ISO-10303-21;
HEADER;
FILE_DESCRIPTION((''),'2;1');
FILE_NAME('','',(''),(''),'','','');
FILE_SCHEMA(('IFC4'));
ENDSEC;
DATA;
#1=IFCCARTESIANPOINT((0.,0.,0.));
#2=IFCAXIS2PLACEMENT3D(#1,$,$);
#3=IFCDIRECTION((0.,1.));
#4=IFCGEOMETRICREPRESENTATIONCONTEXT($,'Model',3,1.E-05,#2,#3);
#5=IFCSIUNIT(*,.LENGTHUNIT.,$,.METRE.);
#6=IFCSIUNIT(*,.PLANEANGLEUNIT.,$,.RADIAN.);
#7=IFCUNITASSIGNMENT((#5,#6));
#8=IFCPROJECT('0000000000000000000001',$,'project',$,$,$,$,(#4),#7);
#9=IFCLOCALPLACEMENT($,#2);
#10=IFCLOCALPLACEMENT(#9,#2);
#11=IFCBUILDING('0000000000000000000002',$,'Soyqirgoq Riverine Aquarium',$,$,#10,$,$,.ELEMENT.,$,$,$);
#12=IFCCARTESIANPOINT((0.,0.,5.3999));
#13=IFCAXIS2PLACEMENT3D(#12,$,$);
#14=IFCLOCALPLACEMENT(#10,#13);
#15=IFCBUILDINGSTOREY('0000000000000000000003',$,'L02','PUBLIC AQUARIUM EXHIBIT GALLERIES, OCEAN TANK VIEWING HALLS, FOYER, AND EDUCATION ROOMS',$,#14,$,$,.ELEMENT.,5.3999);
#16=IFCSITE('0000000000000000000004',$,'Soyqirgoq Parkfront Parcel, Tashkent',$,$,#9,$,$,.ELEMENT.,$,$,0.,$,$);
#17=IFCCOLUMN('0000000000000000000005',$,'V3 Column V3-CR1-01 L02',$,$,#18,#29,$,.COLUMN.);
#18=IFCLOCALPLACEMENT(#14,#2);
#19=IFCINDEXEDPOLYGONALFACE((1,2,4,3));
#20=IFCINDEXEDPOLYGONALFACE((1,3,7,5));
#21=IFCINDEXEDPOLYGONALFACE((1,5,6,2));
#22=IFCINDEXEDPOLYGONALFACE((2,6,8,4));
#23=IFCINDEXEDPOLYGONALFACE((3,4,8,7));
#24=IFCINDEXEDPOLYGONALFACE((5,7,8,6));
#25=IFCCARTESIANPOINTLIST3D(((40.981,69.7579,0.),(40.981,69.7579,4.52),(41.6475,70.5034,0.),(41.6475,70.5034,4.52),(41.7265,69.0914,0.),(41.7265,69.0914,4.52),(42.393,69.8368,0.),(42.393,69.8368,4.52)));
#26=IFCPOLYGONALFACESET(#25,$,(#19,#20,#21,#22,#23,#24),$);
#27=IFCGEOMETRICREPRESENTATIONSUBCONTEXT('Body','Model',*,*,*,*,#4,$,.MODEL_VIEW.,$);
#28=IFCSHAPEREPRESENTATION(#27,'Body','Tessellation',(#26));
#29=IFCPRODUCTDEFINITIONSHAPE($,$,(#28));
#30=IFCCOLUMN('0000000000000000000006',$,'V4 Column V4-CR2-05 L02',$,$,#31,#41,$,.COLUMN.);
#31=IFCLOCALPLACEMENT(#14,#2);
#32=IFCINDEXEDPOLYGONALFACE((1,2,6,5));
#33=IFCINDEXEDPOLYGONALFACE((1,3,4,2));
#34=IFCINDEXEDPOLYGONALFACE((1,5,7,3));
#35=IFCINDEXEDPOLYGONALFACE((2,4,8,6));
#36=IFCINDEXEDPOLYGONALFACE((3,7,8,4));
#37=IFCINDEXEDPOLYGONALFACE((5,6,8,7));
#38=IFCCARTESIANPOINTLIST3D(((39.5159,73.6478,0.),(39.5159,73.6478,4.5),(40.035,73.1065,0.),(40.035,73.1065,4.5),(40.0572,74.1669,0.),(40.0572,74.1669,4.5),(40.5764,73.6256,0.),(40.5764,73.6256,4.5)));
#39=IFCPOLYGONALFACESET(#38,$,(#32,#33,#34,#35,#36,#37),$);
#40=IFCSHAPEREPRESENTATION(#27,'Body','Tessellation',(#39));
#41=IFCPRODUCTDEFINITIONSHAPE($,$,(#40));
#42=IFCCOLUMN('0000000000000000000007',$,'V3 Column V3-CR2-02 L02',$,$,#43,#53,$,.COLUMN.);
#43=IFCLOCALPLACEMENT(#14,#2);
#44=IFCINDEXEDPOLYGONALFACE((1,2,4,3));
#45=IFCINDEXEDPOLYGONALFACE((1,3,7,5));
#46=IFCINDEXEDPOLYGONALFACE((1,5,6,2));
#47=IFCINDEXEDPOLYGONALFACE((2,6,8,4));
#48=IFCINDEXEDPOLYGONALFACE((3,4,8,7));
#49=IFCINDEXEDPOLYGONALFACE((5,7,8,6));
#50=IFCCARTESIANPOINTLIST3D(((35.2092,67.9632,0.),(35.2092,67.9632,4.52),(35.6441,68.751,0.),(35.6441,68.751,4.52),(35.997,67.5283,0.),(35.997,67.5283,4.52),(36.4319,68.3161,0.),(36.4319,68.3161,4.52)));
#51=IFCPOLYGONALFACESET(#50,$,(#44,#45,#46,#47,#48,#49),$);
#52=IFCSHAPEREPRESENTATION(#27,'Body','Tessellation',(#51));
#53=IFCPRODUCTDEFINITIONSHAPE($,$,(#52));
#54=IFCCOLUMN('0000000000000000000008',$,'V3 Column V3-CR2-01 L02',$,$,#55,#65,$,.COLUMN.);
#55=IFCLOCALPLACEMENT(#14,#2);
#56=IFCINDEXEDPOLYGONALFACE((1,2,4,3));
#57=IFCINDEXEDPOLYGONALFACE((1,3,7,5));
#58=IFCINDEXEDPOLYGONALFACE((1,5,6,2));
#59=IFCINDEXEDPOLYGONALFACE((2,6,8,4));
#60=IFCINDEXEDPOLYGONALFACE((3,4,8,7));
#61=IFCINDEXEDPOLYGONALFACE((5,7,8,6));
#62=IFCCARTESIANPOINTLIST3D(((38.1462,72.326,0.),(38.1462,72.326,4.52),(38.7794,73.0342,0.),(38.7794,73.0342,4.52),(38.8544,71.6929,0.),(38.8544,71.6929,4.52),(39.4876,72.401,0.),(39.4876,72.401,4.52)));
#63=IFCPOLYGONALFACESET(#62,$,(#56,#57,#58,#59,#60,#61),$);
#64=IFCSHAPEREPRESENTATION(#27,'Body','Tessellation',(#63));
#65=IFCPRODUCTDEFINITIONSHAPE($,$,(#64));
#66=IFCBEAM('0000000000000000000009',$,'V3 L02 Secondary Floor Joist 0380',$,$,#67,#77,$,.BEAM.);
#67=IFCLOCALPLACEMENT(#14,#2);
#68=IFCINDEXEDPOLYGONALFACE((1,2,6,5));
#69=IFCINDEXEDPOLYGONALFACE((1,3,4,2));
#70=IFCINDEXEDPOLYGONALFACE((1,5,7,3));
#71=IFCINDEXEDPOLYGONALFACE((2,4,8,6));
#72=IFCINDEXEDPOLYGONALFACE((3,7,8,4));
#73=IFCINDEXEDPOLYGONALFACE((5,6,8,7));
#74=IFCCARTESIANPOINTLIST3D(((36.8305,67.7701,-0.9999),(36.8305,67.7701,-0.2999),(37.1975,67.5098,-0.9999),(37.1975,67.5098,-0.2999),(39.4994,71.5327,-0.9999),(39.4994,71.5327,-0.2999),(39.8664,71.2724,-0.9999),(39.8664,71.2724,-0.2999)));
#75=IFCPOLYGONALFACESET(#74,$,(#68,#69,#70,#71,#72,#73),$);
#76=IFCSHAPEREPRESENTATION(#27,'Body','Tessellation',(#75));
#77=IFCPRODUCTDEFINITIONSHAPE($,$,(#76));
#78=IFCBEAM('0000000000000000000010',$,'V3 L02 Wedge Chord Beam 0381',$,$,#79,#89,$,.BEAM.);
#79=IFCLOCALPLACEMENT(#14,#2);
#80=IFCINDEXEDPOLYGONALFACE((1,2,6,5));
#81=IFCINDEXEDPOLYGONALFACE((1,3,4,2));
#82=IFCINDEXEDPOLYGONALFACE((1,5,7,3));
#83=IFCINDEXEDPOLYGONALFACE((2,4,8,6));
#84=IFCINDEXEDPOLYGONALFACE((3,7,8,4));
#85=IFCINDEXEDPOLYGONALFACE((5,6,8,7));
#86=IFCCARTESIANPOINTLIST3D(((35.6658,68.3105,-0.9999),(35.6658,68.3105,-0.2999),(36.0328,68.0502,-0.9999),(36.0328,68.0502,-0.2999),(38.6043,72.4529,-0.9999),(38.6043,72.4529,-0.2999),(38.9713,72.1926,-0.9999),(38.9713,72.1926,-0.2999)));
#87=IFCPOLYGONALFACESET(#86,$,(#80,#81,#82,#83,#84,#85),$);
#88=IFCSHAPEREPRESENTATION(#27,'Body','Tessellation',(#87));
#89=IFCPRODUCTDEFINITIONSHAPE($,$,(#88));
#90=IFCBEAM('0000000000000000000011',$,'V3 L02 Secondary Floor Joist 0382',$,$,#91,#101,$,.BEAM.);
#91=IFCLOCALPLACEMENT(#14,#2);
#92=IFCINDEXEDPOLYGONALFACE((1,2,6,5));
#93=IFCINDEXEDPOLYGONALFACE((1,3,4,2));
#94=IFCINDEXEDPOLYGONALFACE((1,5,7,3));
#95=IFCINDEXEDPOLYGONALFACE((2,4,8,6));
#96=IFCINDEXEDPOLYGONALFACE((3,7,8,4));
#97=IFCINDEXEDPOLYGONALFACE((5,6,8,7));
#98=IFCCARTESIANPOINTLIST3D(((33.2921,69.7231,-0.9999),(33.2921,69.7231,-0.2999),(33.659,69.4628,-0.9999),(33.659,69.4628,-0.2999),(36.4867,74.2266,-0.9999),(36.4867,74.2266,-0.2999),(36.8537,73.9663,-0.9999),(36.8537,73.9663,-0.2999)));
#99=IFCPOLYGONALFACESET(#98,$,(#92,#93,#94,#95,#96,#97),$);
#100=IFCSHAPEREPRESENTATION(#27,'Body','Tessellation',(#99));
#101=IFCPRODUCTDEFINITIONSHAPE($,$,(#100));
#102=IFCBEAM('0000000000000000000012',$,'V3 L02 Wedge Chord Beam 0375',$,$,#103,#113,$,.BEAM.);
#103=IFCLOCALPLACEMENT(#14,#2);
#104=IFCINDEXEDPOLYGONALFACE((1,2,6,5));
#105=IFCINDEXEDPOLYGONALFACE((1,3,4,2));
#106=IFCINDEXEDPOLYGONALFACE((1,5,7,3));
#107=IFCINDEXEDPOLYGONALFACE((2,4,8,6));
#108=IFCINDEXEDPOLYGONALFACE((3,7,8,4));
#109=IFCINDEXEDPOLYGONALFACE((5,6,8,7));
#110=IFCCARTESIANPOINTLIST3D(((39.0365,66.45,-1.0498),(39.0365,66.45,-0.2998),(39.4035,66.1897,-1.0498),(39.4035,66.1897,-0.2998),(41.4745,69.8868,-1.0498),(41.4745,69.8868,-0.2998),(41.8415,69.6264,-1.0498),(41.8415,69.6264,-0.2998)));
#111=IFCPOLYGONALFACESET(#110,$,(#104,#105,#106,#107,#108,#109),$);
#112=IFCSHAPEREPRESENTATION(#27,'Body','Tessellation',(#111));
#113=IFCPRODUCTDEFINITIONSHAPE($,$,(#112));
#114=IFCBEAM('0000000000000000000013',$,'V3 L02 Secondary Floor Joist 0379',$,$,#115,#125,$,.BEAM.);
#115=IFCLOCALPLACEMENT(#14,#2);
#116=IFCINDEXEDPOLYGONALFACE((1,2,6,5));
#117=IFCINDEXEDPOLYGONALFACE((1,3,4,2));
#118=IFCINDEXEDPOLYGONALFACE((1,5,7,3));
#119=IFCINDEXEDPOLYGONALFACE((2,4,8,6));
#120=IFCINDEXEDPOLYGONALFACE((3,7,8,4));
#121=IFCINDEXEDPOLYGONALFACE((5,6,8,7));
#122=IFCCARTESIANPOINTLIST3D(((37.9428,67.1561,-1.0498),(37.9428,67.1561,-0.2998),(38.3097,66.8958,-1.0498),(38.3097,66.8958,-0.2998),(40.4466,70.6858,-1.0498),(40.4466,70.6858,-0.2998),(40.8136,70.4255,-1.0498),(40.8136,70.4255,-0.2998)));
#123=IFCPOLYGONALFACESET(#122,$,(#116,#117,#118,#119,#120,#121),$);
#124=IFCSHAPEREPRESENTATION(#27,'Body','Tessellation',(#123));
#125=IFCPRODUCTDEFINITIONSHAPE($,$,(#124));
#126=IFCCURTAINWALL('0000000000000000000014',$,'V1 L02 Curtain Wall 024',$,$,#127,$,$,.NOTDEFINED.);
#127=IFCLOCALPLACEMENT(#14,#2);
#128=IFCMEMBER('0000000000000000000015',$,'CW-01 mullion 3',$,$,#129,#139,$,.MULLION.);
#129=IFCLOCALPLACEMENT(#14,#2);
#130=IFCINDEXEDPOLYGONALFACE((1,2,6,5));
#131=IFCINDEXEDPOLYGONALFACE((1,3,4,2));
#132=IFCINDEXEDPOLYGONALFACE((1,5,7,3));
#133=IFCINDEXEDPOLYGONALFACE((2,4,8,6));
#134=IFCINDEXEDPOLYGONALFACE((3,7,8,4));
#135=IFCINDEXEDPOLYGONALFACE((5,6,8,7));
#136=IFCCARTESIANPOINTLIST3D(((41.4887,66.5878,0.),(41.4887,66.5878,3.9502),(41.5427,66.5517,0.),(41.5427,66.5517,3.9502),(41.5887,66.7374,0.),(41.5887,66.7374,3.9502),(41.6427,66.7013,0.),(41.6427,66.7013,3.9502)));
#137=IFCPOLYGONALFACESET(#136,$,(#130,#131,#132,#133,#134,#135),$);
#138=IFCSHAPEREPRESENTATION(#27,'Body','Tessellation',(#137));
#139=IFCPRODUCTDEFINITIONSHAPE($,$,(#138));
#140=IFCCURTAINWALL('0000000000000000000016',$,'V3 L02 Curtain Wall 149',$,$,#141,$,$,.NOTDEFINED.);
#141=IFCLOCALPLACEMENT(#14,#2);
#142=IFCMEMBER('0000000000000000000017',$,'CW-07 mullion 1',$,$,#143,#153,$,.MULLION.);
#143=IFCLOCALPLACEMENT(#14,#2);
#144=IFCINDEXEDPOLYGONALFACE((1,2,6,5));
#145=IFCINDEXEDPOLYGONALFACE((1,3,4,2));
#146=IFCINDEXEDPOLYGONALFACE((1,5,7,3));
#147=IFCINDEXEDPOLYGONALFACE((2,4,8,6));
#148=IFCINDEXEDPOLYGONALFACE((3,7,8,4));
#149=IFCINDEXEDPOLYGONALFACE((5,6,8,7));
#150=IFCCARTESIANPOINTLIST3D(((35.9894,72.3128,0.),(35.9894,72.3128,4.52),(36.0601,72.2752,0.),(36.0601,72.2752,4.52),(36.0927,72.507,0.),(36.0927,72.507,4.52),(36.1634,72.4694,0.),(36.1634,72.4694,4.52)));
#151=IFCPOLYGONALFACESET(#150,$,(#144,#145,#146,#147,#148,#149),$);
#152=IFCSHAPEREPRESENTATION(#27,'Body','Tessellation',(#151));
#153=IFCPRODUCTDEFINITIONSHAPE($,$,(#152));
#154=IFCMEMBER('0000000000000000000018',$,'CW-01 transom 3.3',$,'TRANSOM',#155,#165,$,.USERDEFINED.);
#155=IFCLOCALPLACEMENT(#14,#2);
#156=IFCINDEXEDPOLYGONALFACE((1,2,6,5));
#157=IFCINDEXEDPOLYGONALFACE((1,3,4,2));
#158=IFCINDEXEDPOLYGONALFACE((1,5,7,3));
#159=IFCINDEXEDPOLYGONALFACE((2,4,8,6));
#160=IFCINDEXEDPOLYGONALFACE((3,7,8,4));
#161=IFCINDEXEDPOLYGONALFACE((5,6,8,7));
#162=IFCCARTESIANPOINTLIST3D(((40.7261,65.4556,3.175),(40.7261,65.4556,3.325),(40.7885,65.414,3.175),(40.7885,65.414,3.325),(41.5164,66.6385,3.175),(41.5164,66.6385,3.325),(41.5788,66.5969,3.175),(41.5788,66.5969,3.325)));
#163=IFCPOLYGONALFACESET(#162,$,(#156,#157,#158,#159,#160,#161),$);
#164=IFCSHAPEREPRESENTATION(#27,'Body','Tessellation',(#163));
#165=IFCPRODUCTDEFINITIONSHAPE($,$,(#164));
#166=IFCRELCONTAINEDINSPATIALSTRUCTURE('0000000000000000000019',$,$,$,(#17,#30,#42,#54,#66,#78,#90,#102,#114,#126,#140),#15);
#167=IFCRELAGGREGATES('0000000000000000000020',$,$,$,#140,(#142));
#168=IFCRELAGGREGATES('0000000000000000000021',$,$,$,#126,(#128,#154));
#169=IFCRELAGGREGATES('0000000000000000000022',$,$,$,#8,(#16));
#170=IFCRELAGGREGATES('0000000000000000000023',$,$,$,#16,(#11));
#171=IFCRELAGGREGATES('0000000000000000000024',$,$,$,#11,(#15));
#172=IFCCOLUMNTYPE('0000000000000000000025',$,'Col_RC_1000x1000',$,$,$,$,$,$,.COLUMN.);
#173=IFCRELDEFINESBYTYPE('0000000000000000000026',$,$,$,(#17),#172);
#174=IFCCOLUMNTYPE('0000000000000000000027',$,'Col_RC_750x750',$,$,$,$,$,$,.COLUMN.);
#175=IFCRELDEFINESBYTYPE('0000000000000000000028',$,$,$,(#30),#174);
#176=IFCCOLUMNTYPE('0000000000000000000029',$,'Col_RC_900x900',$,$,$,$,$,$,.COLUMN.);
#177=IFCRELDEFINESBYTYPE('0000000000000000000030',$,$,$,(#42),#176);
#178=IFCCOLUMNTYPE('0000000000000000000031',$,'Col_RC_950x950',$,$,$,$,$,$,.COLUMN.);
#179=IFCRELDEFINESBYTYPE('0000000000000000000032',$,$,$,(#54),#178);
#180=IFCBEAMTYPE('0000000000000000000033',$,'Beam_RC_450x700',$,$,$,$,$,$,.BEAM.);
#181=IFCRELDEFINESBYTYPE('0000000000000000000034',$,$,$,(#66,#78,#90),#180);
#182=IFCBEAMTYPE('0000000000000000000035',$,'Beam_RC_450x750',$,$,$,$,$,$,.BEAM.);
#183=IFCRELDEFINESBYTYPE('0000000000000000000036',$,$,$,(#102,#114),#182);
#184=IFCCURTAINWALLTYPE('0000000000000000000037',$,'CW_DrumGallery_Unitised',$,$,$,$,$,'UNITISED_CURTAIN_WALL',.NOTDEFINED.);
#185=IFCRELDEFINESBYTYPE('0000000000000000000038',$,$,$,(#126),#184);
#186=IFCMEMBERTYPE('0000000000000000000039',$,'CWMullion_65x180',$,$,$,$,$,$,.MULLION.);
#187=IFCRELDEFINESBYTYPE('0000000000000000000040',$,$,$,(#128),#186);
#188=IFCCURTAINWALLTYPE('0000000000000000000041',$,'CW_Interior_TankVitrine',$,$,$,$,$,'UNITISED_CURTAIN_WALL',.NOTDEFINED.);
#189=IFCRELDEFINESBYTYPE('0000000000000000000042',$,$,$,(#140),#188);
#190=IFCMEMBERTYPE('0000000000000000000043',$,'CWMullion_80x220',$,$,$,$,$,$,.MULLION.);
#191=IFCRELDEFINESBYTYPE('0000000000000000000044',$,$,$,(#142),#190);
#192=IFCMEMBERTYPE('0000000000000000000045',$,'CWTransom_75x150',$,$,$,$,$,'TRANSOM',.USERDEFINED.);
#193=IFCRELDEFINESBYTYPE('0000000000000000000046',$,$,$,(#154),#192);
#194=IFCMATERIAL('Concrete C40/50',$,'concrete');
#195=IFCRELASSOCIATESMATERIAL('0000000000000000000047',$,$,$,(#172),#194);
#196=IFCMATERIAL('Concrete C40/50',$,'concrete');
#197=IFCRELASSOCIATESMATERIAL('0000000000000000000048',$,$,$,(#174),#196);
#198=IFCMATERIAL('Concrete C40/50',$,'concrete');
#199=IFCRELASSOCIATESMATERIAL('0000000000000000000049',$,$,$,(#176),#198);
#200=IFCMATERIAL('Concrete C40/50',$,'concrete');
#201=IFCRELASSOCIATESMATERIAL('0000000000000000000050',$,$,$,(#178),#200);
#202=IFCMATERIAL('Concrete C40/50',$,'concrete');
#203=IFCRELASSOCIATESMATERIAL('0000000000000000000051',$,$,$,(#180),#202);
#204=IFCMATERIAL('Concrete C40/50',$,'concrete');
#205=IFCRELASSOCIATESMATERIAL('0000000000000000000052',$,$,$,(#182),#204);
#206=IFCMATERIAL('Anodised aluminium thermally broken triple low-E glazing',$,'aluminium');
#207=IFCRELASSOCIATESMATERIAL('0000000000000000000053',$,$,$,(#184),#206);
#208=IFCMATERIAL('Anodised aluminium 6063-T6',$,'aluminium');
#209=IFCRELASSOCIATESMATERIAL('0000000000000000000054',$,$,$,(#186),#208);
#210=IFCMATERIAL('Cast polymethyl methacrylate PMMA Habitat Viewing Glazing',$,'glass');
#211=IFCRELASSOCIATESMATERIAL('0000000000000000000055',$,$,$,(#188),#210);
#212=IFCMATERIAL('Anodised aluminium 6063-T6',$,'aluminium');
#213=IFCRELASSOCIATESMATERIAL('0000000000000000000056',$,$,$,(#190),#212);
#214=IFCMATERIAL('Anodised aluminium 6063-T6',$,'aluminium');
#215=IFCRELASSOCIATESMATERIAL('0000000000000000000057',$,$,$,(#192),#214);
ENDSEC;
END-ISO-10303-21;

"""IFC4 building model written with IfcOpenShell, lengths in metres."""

from ifc_helpers import new_model, si_unit, direction, frame, origin, origin_2d, place, context, subcontext, project, spatial, rectangle, extrude, material, material_profile, profile_set, type_object, element, aggregate, save


model = new_model("IFC4")

# Units and contexts
model_context = context("Model", 3, precision=1e-05, world=origin(), true_north=direction((0.0, 1.0)))
body_context = subcontext(model_context, "Body", "Model", "MODEL_VIEW")
ifc_project = project(units=[si_unit("LENGTHUNIT", "METRE"), si_unit("PLANEANGLEUNIT", "RADIAN")], contexts=[model_context])

# Site, building, storey
site_placement = place(None, origin())
site = spatial("IfcSite", under=ifc_project, at=site_placement, Name="Soyqirgoq Parkfront Parcel, Tashkent", CompositionType="ELEMENT", RefElevation=0.0)
building_placement = place(site_placement, origin())
building = spatial("IfcBuilding", under=site, at=building_placement, Name="Soyqirgoq Riverine Aquarium", CompositionType="ELEMENT")
storey_placement = place(building_placement, frame((0.0, 0.0, 5.3999)))
storey = spatial("IfcBuildingStorey", under=building, at=storey_placement, Name="L02", Description="PUBLIC AQUARIUM EXHIBIT GALLERIES, OCEAN TANK VIEWING HALLS, FOYER, AND EDUCATION ROOMS", CompositionType="ELEMENT", Elevation=5.3999)

# Columns
ifc_material_1 = material(Name="Concrete C40/50", Category="concrete")
ifc_material_profile_1 = material_profile(ifc_material_1, rectangle(XDim=1.0, YDim=1.0, at=origin_2d()), Name="RC 1000x1000")
ifc_profile_set_1 = profile_set([ifc_material_profile_1], Name="Concrete C40/50")
column_type_1 = type_object("IfcColumnType", Name="Col_RC_1000x1000", PredefinedType="COLUMN", material=ifc_profile_set_1)
column_1_placement = place(storey_placement, frame((41.687, 69.7974, 0.0), z_axis=(0.0, 0.0, 1.0), x_axis=(-0.745476, 0.666532, 0.0)))
element("IfcColumn", 1, at=column_1_placement, inside=storey, type_object=column_type_1, Name="V3 Column V3-CR1-01 L02", PredefinedType="COLUMN", context=body_context, shape_type="SweptSolid", body=[
    extrude(rectangle(XDim=1.0, YDim=1.0, at=origin_2d()), origin(), (0.0, 0.0, 1.0), 4.52),
])
ifc_material_2 = material(Name="Concrete C40/50", Category="concrete")
ifc_material_profile_2 = material_profile(ifc_material_2, rectangle(XDim=0.75, YDim=0.75, at=origin_2d()), Name="RC 750x750")
ifc_profile_set_2 = profile_set([ifc_material_profile_2], Name="Concrete C40/50")
column_type_2 = type_object("IfcColumnType", Name="Col_RC_750x750", PredefinedType="COLUMN", material=ifc_profile_set_2)
column_2_placement = place(storey_placement, frame((40.0461, 73.6367, 0.0), z_axis=(0.0, 0.0, 1.0), x_axis=(-0.692143, 0.72176, 0.0)))
element("IfcColumn", 2, at=column_2_placement, inside=storey, type_object=column_type_2, Name="V4 Column V4-CR2-05 L02", PredefinedType="COLUMN", context=body_context, shape_type="SweptSolid", body=[
    extrude(rectangle(XDim=0.75, YDim=0.75, at=origin_2d()), origin(), (0.0, 0.0, 1.0), 4.5),
])
ifc_material_3 = material(Name="Concrete C40/50", Category="concrete")
ifc_material_profile_3 = material_profile(ifc_material_3, rectangle(XDim=0.8999, YDim=0.8999, at=origin_2d()), Name="RC 900x900")
ifc_profile_set_3 = profile_set([ifc_material_profile_3], Name="Concrete C40/50")
column_type_3 = type_object("IfcColumnType", Name="Col_RC_900x900", PredefinedType="COLUMN", material=ifc_profile_set_3)
column_3_placement = place(storey_placement, frame((35.8206, 68.1396, 0.0), z_axis=(0.0, 0.0, 1.0), x_axis=(-0.875465, 0.483282, 0.0)))
element("IfcColumn", 3, at=column_3_placement, inside=storey, type_object=column_type_3, Name="V3 Column V3-CR2-02 L02", PredefinedType="COLUMN", context=body_context, shape_type="SweptSolid", body=[
    extrude(rectangle(XDim=0.8999, YDim=0.8999, at=origin_2d()), origin(), (0.0, 0.0, 1.0), 4.52),
])
ifc_material_4 = material(Name="Concrete C40/50", Category="concrete")
ifc_material_profile_4 = material_profile(ifc_material_4, rectangle(XDim=0.95, YDim=0.95, at=origin_2d()), Name="RC 950x950")
ifc_profile_set_4 = profile_set([ifc_material_profile_4], Name="Concrete C40/50")
column_type_4 = type_object("IfcColumnType", Name="Col_RC_950x950", PredefinedType="COLUMN", material=ifc_profile_set_4)
column_4_placement = place(storey_placement, frame((38.8169, 72.3635, 0.0), z_axis=(0.0, 0.0, 1.0), x_axis=(-0.745476, 0.666532, 0.0)))
element("IfcColumn", 4, at=column_4_placement, inside=storey, type_object=column_type_4, Name="V3 Column V3-CR2-01 L02", PredefinedType="COLUMN", context=body_context, shape_type="SweptSolid", body=[
    extrude(rectangle(XDim=0.95, YDim=0.95, at=origin_2d()), origin(), (0.0, 0.0, 1.0), 4.52),
])

# Beams
ifc_material_5 = material(Name="Concrete C40/50", Category="concrete")
ifc_material_profile_5 = material_profile(ifc_material_5, rectangle(XDim=0.45, YDim=0.7, at=origin_2d()), Name="RC 450x700")
ifc_profile_set_5 = profile_set([ifc_material_profile_5], Name="Concrete C40/50")
beam_type_1 = type_object("IfcBeamType", Name="Beam_RC_450x700", PredefinedType="BEAM", material=ifc_profile_set_5)
beam_1_placement = place(storey_placement, frame((39.6829, 71.4026, -0.6499), z_axis=(-0.578552, -0.815646, 0.0), x_axis=(0.815646, -0.578552, 0.0)))
element("IfcBeam", 5, at=beam_1_placement, inside=storey, type_object=beam_type_1, Name="V3 L02 Secondary Floor Joist 0380", PredefinedType="BEAM", context=body_context, shape_type="SweptSolid", body=[
    extrude(rectangle(XDim=0.45, YDim=0.7, at=origin_2d()), origin(), (0.0, 0.0, 1.0), 4.613),
])
beam_2_placement = place(storey_placement, frame((38.7878, 72.3228, -0.6499), z_axis=(-0.578584, -0.815623, 0.0), x_axis=(0.815623, -0.578584, 0.0)))
element("IfcBeam", 6, at=beam_2_placement, inside=storey, type_object=beam_type_1, Name="V3 L02 Wedge Chord Beam 0381", PredefinedType="BEAM", context=body_context, shape_type="SweptSolid", body=[
    extrude(rectangle(XDim=0.45, YDim=0.7, at=origin_2d()), origin(), (0.0, 0.0, 1.0), 5.0789),
])
beam_3_placement = place(storey_placement, frame((36.6702, 74.0964, -0.6499), z_axis=(-0.578579, -0.815626, 0.0), x_axis=(0.815626, -0.578579, 0.0)))
element("IfcBeam", 7, at=beam_3_placement, inside=storey, type_object=beam_type_1, Name="V3 L02 Secondary Floor Joist 0382", PredefinedType="BEAM", context=body_context, shape_type="SweptSolid", body=[
    extrude(rectangle(XDim=0.45, YDim=0.7, at=origin_2d()), origin(), (0.0, 0.0, 1.0), 5.5215),
])
ifc_material_6 = material(Name="Concrete C40/50", Category="concrete")
ifc_material_profile_6 = material_profile(ifc_material_6, rectangle(XDim=0.45, YDim=0.75, at=origin_2d()), Name="RC 450x750")
ifc_profile_set_6 = profile_set([ifc_material_profile_6], Name="Concrete C40/50")
beam_type_2 = type_object("IfcBeamType", Name="Beam_RC_450x750", PredefinedType="BEAM", material=ifc_profile_set_6)
beam_4_placement = place(storey_placement, frame((41.658, 69.7566, -0.6748), z_axis=(-0.578588, -0.81562, 0.0), x_axis=(0.81562, -0.578588, 0.0)))
element("IfcBeam", 8, at=beam_4_placement, inside=storey, type_object=beam_type_2, Name="V3 L02 Wedge Chord Beam 0375", PredefinedType="BEAM", context=body_context, shape_type="SweptSolid", body=[
    extrude(rectangle(XDim=0.45, YDim=0.75, at=origin_2d()), origin(), (0.0, 0.0, 1.0), 4.2136),
])
beam_5_placement = place(storey_placement, frame((40.6301, 70.5557, -0.6748), z_axis=(-0.578578, -0.815627, 0.0), x_axis=(0.815627, -0.578578, 0.0)))
element("IfcBeam", 9, at=beam_5_placement, inside=storey, type_object=beam_type_2, Name="V3 L02 Secondary Floor Joist 0379", PredefinedType="BEAM", context=body_context, shape_type="SweptSolid", body=[
    extrude(rectangle(XDim=0.45, YDim=0.75, at=origin_2d()), origin(), (0.0, 0.0, 1.0), 4.3276),
])

# Curtain walls, members
ifc_material_7 = material(Name="Anodised aluminium thermally broken triple low-E glazing", Category="aluminium")
curtain_wall_type_1 = type_object("IfcCurtainWallType", Name="CW_DrumGallery_Unitised", ElementType="UNITISED_CURTAIN_WALL", PredefinedType="NOTDEFINED", material=ifc_material_7)
curtain_wall_1_placement = place(storey_placement, origin())
curtain_wall_1 = element("IfcCurtainWall", 10, at=curtain_wall_1_placement, inside=storey, type_object=curtain_wall_type_1, Name="V1 L02 Curtain Wall 024", PredefinedType="NOTDEFINED")
ifc_material_8 = material(Name="Anodised aluminium 6063-T6", Category="aluminium")
ifc_material_profile_7 = material_profile(ifc_material_8, rectangle(XDim=0.0649, YDim=0.1799, at=origin_2d()), Name="ALU-M 65x180")
ifc_profile_set_7 = profile_set([ifc_material_profile_7], Name="Anodised aluminium 6063-T6")
member_type_1 = type_object("IfcMemberType", Name="CWMullion_65x180", PredefinedType="MULLION", material=ifc_profile_set_7)
member_1_placement = place(storey_placement, frame((41.5657, 66.6445, 0.0), z_axis=(0.0, 0.0, 1.0), x_axis=(0.831473, -0.555565, 0.0)))
member_1 = element("IfcMember", 11, at=member_1_placement, type_object=member_type_1, Name="CW-01 mullion 3", PredefinedType="MULLION", context=body_context, shape_type="SweptSolid", body=[
    extrude(rectangle(XDim=0.0649, YDim=0.1799, at=origin_2d()), origin(), (0.0, 0.0, 1.0), 3.9502),
])
ifc_material_9 = material(Name="Cast polymethyl methacrylate PMMA Habitat Viewing Glazing", Category="glass")
curtain_wall_type_2 = type_object("IfcCurtainWallType", Name="CW_Interior_TankVitrine", ElementType="UNITISED_CURTAIN_WALL", PredefinedType="NOTDEFINED", material=ifc_material_9)
curtain_wall_2_placement = place(storey_placement, origin())
curtain_wall_2 = element("IfcCurtainWall", 12, at=curtain_wall_2_placement, inside=storey, type_object=curtain_wall_type_2, Name="V3 L02 Curtain Wall 149", PredefinedType="NOTDEFINED")
ifc_material_10 = material(Name="Anodised aluminium 6063-T6", Category="aluminium")
ifc_material_profile_8 = material_profile(ifc_material_10, rectangle(XDim=0.0801, YDim=0.22, at=origin_2d()), Name="ALU-M 80x220")
ifc_profile_set_8 = profile_set([ifc_material_profile_8], Name="Anodised aluminium 6063-T6")
member_type_2 = type_object("IfcMemberType", Name="CWMullion_80x220", PredefinedType="MULLION", material=ifc_profile_set_8)
member_2_placement = place(storey_placement, frame((36.0764, 72.3911, 0.0), z_axis=(0.0, 0.0, 1.0), x_axis=(0.882947, -0.469473, 0.0)))
member_2 = element("IfcMember", 13, at=member_2_placement, type_object=member_type_2, Name="CW-07 mullion 1", PredefinedType="MULLION", context=body_context, shape_type="SweptSolid", body=[
    extrude(rectangle(XDim=0.0801, YDim=0.22, at=origin_2d()), origin(), (0.0, 0.0, 1.0), 4.52),
])

# Member
ifc_material_11 = material(Name="Anodised aluminium 6063-T6", Category="aluminium")
ifc_material_profile_9 = material_profile(ifc_material_11, rectangle(XDim=0.075, YDim=0.1499, at=origin_2d()), Name="ALU-T 75x150")
ifc_profile_set_9 = profile_set([ifc_material_profile_9], Name="Anodised aluminium 6063-T6")
member_type_3 = type_object("IfcMemberType", Name="CWTransom_75x150", ElementType="TRANSOM", PredefinedType="USERDEFINED", material=ifc_profile_set_9)
member_3_placement = place(storey_placement, frame((41.5476, 66.6177, 3.25), z_axis=(-0.555532, -0.831495, 0.0), x_axis=(0.831495, -0.555532, 0.0)))
member_3 = element("IfcMember", 14, at=member_3_placement, type_object=member_type_3, Name="CW-01 transom 3.3", ObjectType="TRANSOM", PredefinedType="USERDEFINED", context=body_context, shape_type="SweptSolid", body=[
    extrude(rectangle(XDim=0.075, YDim=0.1499, at=origin_2d()), origin(), (0.0, 0.0, 1.0), 1.4226),
])
aggregate(curtain_wall_2, [member_2])

aggregate(curtain_wall_1, [member_1, member_3])

save(model, "model.ifc")
